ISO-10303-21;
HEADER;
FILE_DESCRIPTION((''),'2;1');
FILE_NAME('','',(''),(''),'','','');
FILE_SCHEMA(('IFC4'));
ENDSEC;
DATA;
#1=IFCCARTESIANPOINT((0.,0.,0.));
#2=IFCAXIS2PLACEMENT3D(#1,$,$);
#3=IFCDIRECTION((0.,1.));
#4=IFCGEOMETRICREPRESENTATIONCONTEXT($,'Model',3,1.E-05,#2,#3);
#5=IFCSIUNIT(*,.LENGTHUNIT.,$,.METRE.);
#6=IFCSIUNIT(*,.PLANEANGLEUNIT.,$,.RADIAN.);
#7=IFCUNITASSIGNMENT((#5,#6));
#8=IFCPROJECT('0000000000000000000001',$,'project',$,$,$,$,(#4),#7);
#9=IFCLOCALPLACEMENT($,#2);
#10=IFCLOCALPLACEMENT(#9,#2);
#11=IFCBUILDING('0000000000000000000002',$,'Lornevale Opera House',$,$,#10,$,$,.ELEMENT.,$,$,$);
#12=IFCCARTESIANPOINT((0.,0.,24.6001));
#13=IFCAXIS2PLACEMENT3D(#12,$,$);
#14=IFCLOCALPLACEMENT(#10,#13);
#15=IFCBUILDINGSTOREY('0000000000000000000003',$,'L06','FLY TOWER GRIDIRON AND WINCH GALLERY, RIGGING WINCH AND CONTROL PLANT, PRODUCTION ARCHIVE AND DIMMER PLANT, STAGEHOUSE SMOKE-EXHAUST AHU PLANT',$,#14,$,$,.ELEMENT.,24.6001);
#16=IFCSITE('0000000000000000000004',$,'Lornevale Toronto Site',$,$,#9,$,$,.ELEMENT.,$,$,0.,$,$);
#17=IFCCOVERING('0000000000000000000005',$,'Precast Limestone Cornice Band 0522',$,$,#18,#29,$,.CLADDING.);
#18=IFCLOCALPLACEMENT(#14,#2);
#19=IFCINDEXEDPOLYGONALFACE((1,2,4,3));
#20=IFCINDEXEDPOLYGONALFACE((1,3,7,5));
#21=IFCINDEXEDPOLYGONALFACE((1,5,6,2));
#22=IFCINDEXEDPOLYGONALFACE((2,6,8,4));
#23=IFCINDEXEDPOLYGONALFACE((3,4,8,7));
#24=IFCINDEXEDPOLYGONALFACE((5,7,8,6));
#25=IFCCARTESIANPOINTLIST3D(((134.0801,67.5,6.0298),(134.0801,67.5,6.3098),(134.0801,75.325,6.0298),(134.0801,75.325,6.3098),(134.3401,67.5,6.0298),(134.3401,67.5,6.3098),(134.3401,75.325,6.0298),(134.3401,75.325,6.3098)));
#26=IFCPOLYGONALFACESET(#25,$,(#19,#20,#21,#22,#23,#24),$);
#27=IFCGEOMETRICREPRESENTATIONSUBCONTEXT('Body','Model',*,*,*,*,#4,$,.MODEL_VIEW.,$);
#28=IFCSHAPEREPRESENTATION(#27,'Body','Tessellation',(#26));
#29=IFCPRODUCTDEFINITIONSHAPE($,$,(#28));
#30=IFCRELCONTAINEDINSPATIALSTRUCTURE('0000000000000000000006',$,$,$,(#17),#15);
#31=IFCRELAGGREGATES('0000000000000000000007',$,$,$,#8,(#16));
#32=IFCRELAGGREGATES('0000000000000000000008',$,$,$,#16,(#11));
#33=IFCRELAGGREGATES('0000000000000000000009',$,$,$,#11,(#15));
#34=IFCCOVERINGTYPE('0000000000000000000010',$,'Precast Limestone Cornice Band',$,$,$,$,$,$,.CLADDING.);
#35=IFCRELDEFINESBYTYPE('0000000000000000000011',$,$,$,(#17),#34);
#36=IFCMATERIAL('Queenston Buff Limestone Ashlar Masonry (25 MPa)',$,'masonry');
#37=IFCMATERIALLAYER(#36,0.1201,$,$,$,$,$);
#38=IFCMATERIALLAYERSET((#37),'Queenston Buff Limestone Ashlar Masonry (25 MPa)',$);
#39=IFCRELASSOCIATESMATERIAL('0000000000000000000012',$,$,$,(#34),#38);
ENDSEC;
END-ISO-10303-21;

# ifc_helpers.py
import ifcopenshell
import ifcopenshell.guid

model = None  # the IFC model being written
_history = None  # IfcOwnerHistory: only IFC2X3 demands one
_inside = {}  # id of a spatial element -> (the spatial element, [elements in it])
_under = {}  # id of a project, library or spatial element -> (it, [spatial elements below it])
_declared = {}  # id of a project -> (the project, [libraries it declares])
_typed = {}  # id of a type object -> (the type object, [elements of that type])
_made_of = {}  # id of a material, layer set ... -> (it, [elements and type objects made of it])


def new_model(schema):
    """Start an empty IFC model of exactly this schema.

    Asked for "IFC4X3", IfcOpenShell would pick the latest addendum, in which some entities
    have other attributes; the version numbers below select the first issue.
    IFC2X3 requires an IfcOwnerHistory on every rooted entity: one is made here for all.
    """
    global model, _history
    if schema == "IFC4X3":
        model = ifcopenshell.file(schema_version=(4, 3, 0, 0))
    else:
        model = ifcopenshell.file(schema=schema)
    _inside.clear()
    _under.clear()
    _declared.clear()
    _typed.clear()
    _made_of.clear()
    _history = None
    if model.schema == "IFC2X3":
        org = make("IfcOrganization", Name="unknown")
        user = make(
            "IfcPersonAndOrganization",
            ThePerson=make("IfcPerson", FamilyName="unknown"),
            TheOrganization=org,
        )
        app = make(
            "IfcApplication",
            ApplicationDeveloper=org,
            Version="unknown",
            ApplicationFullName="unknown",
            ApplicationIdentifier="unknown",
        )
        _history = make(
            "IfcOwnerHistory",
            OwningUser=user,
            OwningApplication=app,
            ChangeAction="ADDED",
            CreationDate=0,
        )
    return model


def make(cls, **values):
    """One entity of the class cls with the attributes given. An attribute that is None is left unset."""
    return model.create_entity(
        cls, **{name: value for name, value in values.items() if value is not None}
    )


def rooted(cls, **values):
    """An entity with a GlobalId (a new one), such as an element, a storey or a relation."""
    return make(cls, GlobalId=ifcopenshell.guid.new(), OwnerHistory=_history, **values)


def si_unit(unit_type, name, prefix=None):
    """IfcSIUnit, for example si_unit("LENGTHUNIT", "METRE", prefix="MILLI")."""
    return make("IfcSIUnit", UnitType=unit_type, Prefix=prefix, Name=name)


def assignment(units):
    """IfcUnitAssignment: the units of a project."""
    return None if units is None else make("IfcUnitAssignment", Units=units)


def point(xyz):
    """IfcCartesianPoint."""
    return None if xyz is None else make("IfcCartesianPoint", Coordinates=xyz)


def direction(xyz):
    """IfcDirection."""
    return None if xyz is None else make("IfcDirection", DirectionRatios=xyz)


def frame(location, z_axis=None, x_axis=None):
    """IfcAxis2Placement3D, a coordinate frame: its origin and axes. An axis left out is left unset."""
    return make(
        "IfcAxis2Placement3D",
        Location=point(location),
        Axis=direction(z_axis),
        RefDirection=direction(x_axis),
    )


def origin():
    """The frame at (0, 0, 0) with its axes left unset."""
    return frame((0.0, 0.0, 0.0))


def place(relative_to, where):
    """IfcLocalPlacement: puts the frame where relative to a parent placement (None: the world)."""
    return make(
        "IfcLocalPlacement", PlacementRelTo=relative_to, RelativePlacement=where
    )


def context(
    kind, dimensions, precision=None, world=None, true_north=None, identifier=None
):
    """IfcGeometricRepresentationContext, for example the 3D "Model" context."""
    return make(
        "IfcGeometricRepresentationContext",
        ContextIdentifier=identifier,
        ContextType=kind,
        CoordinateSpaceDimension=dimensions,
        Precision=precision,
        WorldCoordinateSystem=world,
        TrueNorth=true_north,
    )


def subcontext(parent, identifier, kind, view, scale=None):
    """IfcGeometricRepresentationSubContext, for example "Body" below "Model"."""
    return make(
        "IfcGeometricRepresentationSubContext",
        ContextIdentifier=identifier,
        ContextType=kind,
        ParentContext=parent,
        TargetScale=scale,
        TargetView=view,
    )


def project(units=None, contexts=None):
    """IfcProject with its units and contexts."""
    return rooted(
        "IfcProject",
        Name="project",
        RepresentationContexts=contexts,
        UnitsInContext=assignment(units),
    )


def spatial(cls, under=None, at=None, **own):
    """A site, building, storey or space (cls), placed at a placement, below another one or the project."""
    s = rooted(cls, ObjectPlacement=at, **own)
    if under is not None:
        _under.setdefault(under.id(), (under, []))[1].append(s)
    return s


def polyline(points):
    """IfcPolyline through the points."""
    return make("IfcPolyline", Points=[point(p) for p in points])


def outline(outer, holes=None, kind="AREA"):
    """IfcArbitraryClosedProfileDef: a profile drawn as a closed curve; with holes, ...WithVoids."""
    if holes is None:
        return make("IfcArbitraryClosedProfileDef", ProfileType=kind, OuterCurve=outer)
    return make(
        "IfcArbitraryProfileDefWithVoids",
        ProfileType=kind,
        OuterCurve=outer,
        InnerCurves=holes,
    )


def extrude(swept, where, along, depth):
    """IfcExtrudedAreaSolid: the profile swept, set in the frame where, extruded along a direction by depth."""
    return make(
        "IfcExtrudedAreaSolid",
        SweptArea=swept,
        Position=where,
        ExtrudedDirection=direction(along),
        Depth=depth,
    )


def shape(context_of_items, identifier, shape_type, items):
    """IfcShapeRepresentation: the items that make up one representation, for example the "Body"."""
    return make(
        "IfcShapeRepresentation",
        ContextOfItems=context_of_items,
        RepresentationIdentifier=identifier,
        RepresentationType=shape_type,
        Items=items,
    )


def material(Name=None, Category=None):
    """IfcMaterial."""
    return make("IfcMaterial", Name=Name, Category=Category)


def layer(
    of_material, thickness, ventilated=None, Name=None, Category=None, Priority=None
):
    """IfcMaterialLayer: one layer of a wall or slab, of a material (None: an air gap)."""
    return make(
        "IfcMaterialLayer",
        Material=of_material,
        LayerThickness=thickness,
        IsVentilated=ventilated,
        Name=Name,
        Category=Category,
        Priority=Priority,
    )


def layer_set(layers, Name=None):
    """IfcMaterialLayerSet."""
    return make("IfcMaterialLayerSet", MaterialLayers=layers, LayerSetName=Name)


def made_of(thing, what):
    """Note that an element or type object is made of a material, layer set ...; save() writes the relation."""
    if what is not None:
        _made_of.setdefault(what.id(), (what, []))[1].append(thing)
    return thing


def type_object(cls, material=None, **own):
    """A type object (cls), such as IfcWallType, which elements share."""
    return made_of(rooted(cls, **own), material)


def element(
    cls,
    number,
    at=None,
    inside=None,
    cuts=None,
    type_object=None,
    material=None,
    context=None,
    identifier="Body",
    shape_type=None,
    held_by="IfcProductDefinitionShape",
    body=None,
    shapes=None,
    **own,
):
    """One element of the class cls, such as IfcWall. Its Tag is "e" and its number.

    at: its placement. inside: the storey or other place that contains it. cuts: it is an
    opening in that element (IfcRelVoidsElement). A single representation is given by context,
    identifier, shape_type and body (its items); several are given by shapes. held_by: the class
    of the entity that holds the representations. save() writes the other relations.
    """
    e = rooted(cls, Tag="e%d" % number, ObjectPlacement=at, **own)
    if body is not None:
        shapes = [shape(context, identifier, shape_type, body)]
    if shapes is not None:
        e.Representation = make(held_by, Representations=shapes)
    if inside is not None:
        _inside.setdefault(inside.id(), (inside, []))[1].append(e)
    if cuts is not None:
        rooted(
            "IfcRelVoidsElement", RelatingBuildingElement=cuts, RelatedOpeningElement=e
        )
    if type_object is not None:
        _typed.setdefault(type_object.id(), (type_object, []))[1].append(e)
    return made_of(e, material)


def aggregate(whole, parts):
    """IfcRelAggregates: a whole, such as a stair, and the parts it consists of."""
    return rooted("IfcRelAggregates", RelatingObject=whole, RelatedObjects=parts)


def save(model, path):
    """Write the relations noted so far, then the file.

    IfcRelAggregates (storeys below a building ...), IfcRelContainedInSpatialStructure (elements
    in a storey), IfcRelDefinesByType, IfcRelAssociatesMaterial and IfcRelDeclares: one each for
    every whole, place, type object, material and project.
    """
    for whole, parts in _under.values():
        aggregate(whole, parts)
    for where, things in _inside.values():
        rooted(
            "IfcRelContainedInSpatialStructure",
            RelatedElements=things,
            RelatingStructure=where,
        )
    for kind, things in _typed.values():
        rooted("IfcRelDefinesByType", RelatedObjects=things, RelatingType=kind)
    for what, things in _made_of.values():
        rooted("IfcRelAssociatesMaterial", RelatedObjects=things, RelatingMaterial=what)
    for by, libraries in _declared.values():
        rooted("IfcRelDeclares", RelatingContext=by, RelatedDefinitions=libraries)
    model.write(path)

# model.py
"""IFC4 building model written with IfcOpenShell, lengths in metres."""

from ifc_helpers import new_model, si_unit, direction, frame, origin, place, context, subcontext, project, spatial, polyline, outline, extrude, material, layer, layer_set, type_object, element, save


model = new_model("IFC4")

# Units and contexts
model_context = context("Model", 3, precision=1e-05, world=origin(), true_north=direction((0.0, 1.0)))
body_context = subcontext(model_context, "Body", "Model", "MODEL_VIEW")
ifc_project = project(units=[si_unit("LENGTHUNIT", "METRE"), si_unit("PLANEANGLEUNIT", "RADIAN")], contexts=[model_context])

# Site, building, storey
site_placement = place(None, origin())
site = spatial("IfcSite", under=ifc_project, at=site_placement, Name="Lornevale Toronto Site", CompositionType="ELEMENT", RefElevation=0.0)
building_placement = place(site_placement, origin())
building = spatial("IfcBuilding", under=site, at=building_placement, Name="Lornevale Opera House", CompositionType="ELEMENT")
storey_placement = place(building_placement, frame((0.0, 0.0, 24.6001)))
storey = spatial("IfcBuildingStorey", under=building, at=storey_placement, Name="L06", Description="FLY TOWER GRIDIRON AND WINCH GALLERY, RIGGING WINCH AND CONTROL PLANT, PRODUCTION ARCHIVE AND DIMMER PLANT, STAGEHOUSE SMOKE-EXHAUST AHU PLANT", CompositionType="ELEMENT", Elevation=24.6001)

# Covering
ifc_material_1 = material(Name="Queenston Buff Limestone Ashlar Masonry (25 MPa)", Category="masonry")
ifc_layer_1 = layer(ifc_material_1, 0.1201)
ifc_layer_set_1 = layer_set([ifc_layer_1], Name="Queenston Buff Limestone Ashlar Masonry (25 MPa)")
covering_type_1 = type_object("IfcCoveringType", Name="Precast Limestone Cornice Band", PredefinedType="CLADDING", material=ifc_layer_set_1)
covering_1_placement = place(storey_placement, frame((0.0, 0.0, 6.0298)))
element("IfcCovering", 1, at=covering_1_placement, inside=storey, type_object=covering_type_1, Name="Precast Limestone Cornice Band 0522", PredefinedType="CLADDING", context=body_context, shape_type="SweptSolid", body=[
    extrude(outline(polyline([(134.3401, 67.5), (134.3401, 75.325), (134.0801, 75.325), (134.0801, 67.5), (134.3401, 67.5)])), origin(), (0.0, 0.0, 1.0), 0.28),
])

save(model, "model.ifc")
